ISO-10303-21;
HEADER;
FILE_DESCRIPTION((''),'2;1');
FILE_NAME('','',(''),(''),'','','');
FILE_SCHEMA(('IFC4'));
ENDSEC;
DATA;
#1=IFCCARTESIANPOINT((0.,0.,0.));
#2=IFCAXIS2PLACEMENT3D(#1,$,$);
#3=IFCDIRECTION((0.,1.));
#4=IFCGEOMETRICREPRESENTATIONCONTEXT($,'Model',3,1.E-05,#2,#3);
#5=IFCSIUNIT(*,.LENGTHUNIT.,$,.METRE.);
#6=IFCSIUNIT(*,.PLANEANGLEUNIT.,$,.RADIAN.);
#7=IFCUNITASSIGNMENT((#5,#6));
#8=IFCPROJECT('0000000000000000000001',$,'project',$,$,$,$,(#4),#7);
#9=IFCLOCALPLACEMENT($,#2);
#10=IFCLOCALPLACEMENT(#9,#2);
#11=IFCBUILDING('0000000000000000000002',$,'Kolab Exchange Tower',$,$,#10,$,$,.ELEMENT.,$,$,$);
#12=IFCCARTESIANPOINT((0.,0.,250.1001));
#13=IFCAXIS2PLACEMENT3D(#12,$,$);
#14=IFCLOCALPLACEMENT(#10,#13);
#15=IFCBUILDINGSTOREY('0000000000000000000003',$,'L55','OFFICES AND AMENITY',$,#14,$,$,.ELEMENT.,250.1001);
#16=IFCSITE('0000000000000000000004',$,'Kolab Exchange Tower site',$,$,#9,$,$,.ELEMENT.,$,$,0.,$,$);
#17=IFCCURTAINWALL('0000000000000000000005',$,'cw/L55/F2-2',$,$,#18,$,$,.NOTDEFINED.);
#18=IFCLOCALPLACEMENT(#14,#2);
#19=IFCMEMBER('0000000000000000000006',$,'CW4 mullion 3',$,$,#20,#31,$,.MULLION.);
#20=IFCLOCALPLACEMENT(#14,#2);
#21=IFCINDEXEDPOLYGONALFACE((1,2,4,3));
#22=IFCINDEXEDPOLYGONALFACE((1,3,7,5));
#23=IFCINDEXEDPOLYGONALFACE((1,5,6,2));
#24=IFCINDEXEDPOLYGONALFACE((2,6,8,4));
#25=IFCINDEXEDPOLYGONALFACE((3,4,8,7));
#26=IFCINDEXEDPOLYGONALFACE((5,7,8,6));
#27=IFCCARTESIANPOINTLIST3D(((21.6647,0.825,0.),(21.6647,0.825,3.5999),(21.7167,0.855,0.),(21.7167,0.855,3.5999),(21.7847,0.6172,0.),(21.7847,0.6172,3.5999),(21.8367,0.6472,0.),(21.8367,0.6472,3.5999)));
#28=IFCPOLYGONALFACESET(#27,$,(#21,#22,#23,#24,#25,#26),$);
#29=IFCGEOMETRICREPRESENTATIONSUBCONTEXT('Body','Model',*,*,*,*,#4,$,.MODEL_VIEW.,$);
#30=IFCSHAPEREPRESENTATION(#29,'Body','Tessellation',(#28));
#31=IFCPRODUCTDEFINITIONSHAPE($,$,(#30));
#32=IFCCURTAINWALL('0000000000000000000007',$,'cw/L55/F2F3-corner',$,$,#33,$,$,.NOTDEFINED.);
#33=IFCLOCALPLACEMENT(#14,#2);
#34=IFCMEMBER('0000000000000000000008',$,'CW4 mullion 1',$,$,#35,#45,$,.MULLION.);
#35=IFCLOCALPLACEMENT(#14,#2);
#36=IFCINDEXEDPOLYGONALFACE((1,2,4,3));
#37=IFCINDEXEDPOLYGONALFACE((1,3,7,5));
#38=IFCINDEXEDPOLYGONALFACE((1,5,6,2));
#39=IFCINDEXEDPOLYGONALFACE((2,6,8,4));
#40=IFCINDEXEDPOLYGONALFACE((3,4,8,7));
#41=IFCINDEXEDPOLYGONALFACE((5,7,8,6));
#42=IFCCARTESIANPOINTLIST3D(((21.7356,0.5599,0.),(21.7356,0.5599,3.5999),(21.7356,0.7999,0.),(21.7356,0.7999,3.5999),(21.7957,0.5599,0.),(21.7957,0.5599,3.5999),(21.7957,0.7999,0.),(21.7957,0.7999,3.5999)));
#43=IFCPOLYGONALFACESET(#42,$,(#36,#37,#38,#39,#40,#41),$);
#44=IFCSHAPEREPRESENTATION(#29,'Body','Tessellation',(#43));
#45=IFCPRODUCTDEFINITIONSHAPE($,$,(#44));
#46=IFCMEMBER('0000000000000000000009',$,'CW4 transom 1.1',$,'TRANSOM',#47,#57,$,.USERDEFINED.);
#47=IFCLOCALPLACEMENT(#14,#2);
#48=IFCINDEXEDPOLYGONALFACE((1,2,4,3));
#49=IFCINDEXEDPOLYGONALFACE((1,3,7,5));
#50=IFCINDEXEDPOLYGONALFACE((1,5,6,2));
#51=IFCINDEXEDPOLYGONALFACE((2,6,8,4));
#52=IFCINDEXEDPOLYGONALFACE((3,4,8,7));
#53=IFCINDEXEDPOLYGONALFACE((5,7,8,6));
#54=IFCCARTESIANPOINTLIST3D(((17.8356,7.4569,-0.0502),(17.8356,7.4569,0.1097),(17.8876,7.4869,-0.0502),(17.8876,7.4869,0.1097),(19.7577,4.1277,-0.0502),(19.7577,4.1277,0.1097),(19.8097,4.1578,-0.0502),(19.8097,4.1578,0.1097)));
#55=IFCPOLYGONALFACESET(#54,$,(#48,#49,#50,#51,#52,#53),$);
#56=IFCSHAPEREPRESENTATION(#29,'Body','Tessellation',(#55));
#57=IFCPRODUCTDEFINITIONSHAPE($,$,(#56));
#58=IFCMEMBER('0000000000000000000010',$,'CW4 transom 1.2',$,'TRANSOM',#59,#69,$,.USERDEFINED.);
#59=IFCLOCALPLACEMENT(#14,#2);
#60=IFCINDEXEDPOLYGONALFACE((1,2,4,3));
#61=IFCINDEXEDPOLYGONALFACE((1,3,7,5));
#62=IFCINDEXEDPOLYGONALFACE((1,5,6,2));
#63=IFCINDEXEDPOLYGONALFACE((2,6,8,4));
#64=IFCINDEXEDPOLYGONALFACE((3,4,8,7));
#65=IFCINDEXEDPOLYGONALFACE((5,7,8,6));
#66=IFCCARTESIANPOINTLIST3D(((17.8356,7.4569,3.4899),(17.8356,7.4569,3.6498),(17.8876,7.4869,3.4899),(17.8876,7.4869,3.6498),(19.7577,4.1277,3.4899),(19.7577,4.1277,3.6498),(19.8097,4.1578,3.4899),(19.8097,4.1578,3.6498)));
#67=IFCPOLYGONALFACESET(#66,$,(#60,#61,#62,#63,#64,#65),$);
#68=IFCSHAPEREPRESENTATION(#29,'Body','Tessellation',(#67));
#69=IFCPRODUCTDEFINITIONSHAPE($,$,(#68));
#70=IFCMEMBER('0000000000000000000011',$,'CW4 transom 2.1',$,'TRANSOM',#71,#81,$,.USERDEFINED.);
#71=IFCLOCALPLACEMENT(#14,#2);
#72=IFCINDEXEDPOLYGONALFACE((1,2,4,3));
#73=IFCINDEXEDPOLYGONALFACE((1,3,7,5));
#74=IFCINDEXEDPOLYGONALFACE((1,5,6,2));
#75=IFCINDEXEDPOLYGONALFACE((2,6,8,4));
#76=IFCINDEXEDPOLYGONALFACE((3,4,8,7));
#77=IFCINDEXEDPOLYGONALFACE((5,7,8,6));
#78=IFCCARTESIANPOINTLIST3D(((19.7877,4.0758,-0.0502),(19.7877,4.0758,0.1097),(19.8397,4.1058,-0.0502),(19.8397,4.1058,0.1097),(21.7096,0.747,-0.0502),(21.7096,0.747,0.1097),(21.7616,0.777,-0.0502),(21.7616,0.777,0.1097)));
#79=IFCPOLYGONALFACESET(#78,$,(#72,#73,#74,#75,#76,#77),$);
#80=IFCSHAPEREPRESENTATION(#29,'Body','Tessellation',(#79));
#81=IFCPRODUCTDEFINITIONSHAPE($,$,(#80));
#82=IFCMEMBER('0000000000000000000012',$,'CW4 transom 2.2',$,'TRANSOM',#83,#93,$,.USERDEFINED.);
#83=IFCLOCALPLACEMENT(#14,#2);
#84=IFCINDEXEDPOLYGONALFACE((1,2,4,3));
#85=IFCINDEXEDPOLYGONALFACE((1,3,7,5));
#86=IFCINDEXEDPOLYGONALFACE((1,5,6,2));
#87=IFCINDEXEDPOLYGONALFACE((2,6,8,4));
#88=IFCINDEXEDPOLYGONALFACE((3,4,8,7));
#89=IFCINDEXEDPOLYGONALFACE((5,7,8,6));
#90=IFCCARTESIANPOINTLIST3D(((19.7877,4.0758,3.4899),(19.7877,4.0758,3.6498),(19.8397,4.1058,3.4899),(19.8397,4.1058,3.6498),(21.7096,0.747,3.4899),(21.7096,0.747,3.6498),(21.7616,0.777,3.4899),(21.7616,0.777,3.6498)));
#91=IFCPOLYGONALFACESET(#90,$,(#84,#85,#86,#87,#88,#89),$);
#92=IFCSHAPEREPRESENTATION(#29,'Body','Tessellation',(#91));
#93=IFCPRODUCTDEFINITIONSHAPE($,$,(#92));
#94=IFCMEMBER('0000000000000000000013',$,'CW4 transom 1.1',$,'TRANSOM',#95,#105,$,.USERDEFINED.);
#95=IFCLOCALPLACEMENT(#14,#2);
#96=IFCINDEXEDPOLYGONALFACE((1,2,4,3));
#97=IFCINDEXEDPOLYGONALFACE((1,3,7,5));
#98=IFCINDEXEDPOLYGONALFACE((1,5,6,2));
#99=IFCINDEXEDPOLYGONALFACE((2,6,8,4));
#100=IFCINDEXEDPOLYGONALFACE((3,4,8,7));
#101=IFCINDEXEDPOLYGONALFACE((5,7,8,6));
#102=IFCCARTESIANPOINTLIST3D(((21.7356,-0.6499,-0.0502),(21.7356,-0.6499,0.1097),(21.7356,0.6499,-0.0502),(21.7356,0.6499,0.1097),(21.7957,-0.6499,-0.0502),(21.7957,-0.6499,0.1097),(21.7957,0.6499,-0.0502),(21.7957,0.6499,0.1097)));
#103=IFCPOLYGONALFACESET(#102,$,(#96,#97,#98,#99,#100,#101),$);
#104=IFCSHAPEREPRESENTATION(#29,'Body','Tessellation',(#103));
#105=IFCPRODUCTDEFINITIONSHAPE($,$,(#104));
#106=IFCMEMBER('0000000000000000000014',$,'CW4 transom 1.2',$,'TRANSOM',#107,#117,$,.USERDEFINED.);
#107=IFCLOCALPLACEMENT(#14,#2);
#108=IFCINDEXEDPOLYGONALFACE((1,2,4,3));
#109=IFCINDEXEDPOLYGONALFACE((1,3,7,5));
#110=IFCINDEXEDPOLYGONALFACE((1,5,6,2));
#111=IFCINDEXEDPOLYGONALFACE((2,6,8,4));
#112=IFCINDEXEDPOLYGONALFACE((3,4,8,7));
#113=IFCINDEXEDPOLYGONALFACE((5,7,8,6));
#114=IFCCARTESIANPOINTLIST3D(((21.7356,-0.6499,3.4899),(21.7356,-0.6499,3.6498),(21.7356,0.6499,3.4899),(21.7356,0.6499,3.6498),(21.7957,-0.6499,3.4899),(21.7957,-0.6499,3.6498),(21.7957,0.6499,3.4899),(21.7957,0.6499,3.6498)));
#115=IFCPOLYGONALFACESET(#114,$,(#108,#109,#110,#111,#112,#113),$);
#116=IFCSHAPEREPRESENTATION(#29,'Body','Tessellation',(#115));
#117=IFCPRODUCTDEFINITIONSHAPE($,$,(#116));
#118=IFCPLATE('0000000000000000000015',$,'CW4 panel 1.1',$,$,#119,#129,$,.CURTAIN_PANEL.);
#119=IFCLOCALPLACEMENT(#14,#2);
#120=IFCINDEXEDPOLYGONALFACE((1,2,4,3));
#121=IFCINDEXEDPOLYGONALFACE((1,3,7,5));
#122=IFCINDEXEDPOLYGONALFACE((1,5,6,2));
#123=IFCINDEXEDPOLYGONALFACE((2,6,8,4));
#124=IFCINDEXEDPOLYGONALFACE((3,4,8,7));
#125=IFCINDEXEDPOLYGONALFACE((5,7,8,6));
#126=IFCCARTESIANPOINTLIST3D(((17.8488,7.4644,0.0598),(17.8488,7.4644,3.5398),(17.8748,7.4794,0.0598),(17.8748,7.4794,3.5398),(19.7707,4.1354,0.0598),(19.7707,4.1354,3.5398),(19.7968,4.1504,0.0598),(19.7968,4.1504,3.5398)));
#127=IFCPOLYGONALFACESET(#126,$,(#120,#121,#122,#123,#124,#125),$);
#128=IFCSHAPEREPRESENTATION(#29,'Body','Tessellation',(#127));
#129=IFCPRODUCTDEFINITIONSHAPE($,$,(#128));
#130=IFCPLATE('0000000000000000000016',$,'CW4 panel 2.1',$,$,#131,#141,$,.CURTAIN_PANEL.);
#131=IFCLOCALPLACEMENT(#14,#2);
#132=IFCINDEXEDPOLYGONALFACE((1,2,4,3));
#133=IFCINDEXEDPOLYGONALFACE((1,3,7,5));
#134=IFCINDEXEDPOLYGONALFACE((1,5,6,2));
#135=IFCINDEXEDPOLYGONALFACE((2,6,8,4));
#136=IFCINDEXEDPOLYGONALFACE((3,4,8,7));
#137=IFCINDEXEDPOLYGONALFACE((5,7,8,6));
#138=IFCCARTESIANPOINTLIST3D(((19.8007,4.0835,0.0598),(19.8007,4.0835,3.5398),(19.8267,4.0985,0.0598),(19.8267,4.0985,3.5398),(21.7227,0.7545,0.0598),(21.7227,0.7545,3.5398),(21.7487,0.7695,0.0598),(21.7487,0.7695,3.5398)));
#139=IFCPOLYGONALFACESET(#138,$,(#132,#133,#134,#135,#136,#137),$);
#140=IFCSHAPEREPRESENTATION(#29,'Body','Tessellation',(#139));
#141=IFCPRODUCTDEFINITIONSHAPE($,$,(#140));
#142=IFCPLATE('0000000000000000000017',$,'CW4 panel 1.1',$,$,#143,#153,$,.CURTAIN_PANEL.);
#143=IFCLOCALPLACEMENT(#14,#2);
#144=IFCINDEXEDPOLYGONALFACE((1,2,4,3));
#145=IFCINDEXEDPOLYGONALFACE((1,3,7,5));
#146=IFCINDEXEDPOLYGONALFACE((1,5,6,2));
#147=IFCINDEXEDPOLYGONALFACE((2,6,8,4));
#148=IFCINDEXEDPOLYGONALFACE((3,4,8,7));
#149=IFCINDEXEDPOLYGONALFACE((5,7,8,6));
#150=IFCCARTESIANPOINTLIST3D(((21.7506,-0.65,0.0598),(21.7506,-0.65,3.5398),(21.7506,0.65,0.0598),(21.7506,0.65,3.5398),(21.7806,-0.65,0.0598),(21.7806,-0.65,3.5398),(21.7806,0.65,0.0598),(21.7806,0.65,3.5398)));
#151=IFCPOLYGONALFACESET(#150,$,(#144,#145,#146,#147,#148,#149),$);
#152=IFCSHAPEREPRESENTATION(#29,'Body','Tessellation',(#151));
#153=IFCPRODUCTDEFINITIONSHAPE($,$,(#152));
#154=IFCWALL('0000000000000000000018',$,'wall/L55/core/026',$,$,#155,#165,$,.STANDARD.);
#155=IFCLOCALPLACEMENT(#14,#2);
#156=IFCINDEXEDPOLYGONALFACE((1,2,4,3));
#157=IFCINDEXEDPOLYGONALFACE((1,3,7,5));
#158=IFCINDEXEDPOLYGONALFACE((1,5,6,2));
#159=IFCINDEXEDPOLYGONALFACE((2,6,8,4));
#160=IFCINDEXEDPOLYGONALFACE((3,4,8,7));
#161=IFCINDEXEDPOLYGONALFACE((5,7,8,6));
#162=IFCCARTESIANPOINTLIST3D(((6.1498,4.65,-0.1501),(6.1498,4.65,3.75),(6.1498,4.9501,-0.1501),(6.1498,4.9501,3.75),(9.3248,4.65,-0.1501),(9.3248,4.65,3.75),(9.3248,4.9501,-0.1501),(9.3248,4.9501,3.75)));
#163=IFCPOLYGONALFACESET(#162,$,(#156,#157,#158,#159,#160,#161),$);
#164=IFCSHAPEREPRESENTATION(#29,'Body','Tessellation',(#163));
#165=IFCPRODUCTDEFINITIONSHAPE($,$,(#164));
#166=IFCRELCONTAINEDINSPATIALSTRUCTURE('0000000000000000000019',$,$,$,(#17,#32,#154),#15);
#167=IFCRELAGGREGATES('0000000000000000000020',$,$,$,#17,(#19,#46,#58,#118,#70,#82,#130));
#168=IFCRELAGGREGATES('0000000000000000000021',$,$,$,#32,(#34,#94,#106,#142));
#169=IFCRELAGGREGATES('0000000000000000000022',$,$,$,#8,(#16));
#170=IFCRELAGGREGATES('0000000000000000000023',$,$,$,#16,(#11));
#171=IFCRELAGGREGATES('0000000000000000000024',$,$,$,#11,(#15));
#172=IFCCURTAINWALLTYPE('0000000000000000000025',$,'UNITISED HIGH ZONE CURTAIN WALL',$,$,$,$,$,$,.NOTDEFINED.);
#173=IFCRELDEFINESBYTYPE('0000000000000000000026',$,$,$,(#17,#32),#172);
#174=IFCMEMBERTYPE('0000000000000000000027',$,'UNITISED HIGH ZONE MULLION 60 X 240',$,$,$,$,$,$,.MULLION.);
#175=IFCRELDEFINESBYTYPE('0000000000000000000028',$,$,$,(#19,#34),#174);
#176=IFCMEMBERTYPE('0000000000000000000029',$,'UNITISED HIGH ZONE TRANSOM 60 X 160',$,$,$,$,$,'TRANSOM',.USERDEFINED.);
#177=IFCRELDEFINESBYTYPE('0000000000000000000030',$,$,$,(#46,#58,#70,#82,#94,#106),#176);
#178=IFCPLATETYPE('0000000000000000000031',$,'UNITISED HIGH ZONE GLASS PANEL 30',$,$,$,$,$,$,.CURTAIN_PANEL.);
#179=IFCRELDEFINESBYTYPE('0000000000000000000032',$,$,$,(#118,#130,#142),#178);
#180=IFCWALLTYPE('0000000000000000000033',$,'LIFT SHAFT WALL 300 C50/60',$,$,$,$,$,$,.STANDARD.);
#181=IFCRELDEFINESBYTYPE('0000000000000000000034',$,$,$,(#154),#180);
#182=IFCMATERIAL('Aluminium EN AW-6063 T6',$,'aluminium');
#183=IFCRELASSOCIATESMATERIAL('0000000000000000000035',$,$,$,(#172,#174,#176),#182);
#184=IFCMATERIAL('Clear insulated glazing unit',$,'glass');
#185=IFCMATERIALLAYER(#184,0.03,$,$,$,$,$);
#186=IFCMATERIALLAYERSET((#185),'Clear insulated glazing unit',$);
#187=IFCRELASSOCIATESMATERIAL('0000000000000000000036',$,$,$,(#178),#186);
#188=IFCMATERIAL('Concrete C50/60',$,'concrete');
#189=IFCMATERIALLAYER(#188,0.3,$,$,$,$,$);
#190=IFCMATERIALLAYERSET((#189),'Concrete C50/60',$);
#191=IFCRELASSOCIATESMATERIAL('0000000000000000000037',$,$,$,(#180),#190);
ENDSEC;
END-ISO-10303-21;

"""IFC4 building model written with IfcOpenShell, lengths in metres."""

from ifc_helpers import new_model, si_unit, direction, frame, frame_2d, origin, origin_2d, place, context, subcontext, project, spatial, rectangle, extrude, material, layer, layer_set, material_profile, profile_set, type_object, element, aggregate, save


model = new_model("IFC4")

# Units and contexts
model_context = context("Model", 3, precision=1e-05, world=origin(), true_north=direction((0.0, 1.0)))
body_context = subcontext(model_context, "Body", "Model", "MODEL_VIEW")
ifc_project = project(units=[si_unit("LENGTHUNIT", "METRE"), si_unit("PLANEANGLEUNIT", "RADIAN")], contexts=[model_context])

# Site, building, storey
site_placement = place(None, origin())
site = spatial("IfcSite", under=ifc_project, at=site_placement, Name="Kolab Exchange Tower site", CompositionType="ELEMENT", RefElevation=0.0)
building_placement = place(site_placement, origin())
building = spatial("IfcBuilding", under=site, at=building_placement, Name="Kolab Exchange Tower", CompositionType="ELEMENT")
storey_placement = place(building_placement, frame((0.0, 0.0, 250.1001)))
storey = spatial("IfcBuildingStorey", under=building, at=storey_placement, Name="L55", Description="OFFICES AND AMENITY", CompositionType="ELEMENT", Elevation=250.1001)

# Shared definitions
ifc_material_1 = material(Name="Concrete C50/60", Category="concrete")

# Curtain wall, member
ifc_material_2 = material(Name="Aluminium EN AW-6063 T6", Category="aluminium")
curtain_wall_type = type_object("IfcCurtainWallType", Name="UNITISED HIGH ZONE CURTAIN WALL", PredefinedType="NOTDEFINED", material=ifc_material_2)
curtain_wall_1_placement = place(storey_placement, origin())
curtain_wall_1 = element("IfcCurtainWall", 1, at=curtain_wall_1_placement, inside=storey, type_object=curtain_wall_type, Name="cw/L55/F2-2", PredefinedType="NOTDEFINED")
ifc_material_profile_1 = material_profile(ifc_material_2, rectangle(XDim=0.0601, YDim=0.24, at=origin_2d()), Name="RECT 60X240")
ifc_profile_set_1 = profile_set([ifc_material_profile_1], Name="Aluminium EN AW-6063 T6")
member_type_1 = type_object("IfcMemberType", Name="UNITISED HIGH ZONE MULLION 60 X 240", PredefinedType="MULLION", material=ifc_profile_set_1)
member_1_placement = place(storey_placement, frame((21.7507, 0.7361, 0.0), z_axis=(0.0, 0.0, 1.0), x_axis=(0.866025, 0.5, 0.0)))
member_1 = element("IfcMember", 2, at=member_1_placement, type_object=member_type_1, Name="CW4 mullion 3", PredefinedType="MULLION", context=body_context, shape_type="SweptSolid", body=[
    extrude(rectangle(XDim=0.0601, YDim=0.24, at=origin_2d()), origin(), (0.0, 0.0, 1.0), 3.5999),
])

# Curtain wall, member
curtain_wall_2_placement = place(storey_placement, origin())
curtain_wall_2 = element("IfcCurtainWall", 3, at=curtain_wall_2_placement, inside=storey, type_object=curtain_wall_type, Name="cw/L55/F2F3-corner", PredefinedType="NOTDEFINED")
member_2_placement = place(storey_placement, frame((21.7656, 0.6799, 0.0), z_axis=(0.0, 0.0, 1.0), x_axis=(1.0, 0.0, 0.0)))
member_2 = element("IfcMember", 4, at=member_2_placement, type_object=member_type_1, Name="CW4 mullion 1", PredefinedType="MULLION", context=body_context, shape_type="SweptSolid", body=[
    extrude(rectangle(XDim=0.0601, YDim=0.24, at=origin_2d()), origin(), (0.0, 0.0, 1.0), 3.5999),
])

# Members
ifc_material_profile_2 = material_profile(ifc_material_2, rectangle(XDim=0.0601, YDim=0.1599, at=origin_2d()), Name="RECT 60X160")
ifc_profile_set_2 = profile_set([ifc_material_profile_2], Name="Aluminium EN AW-6063 T6")
member_type_2 = type_object("IfcMemberType", Name="UNITISED HIGH ZONE TRANSOM 60 X 160", ElementType="TRANSOM", PredefinedType="USERDEFINED", material=ifc_profile_set_2)
member_3_placement = place(storey_placement, frame((17.8616, 7.4719, 0.0298), z_axis=(0.500012, -0.866018, 0.0), x_axis=(0.866018, 0.500012, 0.0)))
member_3 = element("IfcMember", 5, at=member_3_placement, type_object=member_type_2, Name="CW4 transom 1.1", ObjectType="TRANSOM", PredefinedType="USERDEFINED", context=body_context, shape_type="SweptSolid", body=[
    extrude(rectangle(XDim=0.0601, YDim=0.1599, at=origin_2d()), origin(), (0.0, 0.0, 1.0), 3.8442),
])
member_4_placement = place(storey_placement, frame((17.8616, 7.4719, 3.5698), z_axis=(0.500012, -0.866018, 0.0), x_axis=(0.866018, 0.500012, 0.0)))
member_4 = element("IfcMember", 6, at=member_4_placement, type_object=member_type_2, Name="CW4 transom 1.2", ObjectType="TRANSOM", PredefinedType="USERDEFINED", context=body_context, shape_type="SweptSolid", body=[
    extrude(rectangle(XDim=0.0601, YDim=0.1599, at=origin_2d()), origin(), (0.0, 0.0, 1.0), 3.8442),
])
member_5_placement = place(storey_placement, frame((19.8137, 4.0908, 0.0298), z_axis=(0.499992, -0.86603, 0.0), x_axis=(0.86603, 0.499992, 0.0)))
member_5 = element("IfcMember", 7, at=member_5_placement, type_object=member_type_2, Name="CW4 transom 2.1", ObjectType="TRANSOM", PredefinedType="USERDEFINED", context=body_context, shape_type="SweptSolid", body=[
    extrude(rectangle(XDim=0.0601, YDim=0.1599, at=origin_2d()), origin(), (0.0, 0.0, 1.0), 3.8438),
])
member_6_placement = place(storey_placement, frame((19.8137, 4.0908, 3.5698), z_axis=(0.499992, -0.86603, 0.0), x_axis=(0.86603, 0.499992, 0.0)))
member_6 = element("IfcMember", 8, at=member_6_placement, type_object=member_type_2, Name="CW4 transom 2.2", ObjectType="TRANSOM", PredefinedType="USERDEFINED", context=body_context, shape_type="SweptSolid", body=[
    extrude(rectangle(XDim=0.0601, YDim=0.1599, at=origin_2d()), origin(), (0.0, 0.0, 1.0), 3.8438),
])
member_7_placement = place(storey_placement, frame((21.7656, 0.6499, 0.0298), z_axis=(0.0, -1.0, 0.0), x_axis=(1.0, 0.0, 0.0)))
member_7 = element("IfcMember", 9, at=member_7_placement, type_object=member_type_2, Name="CW4 transom 1.1", ObjectType="TRANSOM", PredefinedType="USERDEFINED", context=body_context, shape_type="SweptSolid", body=[
    extrude(rectangle(XDim=0.0601, YDim=0.1599, at=origin_2d()), origin(), (0.0, 0.0, 1.0), 1.2998),
])
member_8_placement = place(storey_placement, frame((21.7656, 0.6499, 3.5698), z_axis=(0.0, -1.0, 0.0), x_axis=(1.0, 0.0, 0.0)))
member_8 = element("IfcMember", 10, at=member_8_placement, type_object=member_type_2, Name="CW4 transom 1.2", ObjectType="TRANSOM", PredefinedType="USERDEFINED", context=body_context, shape_type="SweptSolid", body=[
    extrude(rectangle(XDim=0.0601, YDim=0.1599, at=origin_2d()), origin(), (0.0, 0.0, 1.0), 1.2998),
])

# Plates
ifc_material_3 = material(Name="Clear insulated glazing unit", Category="glass")
ifc_layer_1 = layer(ifc_material_3, 0.03)
ifc_layer_set_1 = layer_set([ifc_layer_1], Name="Clear insulated glazing unit")
plate_type = type_object("IfcPlateType", Name="UNITISED HIGH ZONE GLASS PANEL 30", PredefinedType="CURTAIN_PANEL", material=ifc_layer_set_1)
plate_1_placement = place(storey_placement, frame((18.8228, 5.8074, 0.0598), z_axis=(0.0, 0.0, 1.0), x_axis=(0.5, -0.866025, 0.0)))
plate_1 = element("IfcPlate", 11, at=plate_1_placement, type_object=plate_type, Name="CW4 panel 1.1", PredefinedType="CURTAIN_PANEL", context=body_context, shape_type="SweptSolid", body=[
    extrude(rectangle(XDim=3.844, YDim=0.03, at=origin_2d()), origin(), (0.0, 0.0, 1.0), 3.48),
])
plate_2_placement = place(storey_placement, frame((20.7747, 2.4265, 0.0598), z_axis=(0.0, 0.0, 1.0), x_axis=(0.5, -0.866025, 0.0)))
plate_2 = element("IfcPlate", 12, at=plate_2_placement, type_object=plate_type, Name="CW4 panel 2.1", PredefinedType="CURTAIN_PANEL", context=body_context, shape_type="SweptSolid", body=[
    extrude(rectangle(XDim=3.844, YDim=0.03, at=origin_2d()), origin(), (0.0, 0.0, 1.0), 3.48),
])
aggregate(curtain_wall_1, [member_1, member_3, member_4, plate_1, member_5, member_6, plate_2])
plate_3_placement = place(storey_placement, frame((21.7656, 0.0, 0.0598), z_axis=(0.0, 0.0, 1.0), x_axis=(0.0, -1.0, 0.0)))
plate_3 = element("IfcPlate", 13, at=plate_3_placement, type_object=plate_type, Name="CW4 panel 1.1", PredefinedType="CURTAIN_PANEL", context=body_context, shape_type="SweptSolid", body=[
    extrude(rectangle(XDim=1.3, YDim=0.03, at=origin_2d()), origin(), (0.0, 0.0, 1.0), 3.48),
])
aggregate(curtain_wall_2, [member_2, member_7, member_8, plate_3])

# Wall
ifc_layer_2 = layer(ifc_material_1, 0.3)
ifc_layer_set_2 = layer_set([ifc_layer_2], Name="Concrete C50/60")
wall_type = type_object("IfcWallType", Name="LIFT SHAFT WALL 300 C50/60", PredefinedType="STANDARD", material=ifc_layer_set_2)
wall_placement = place(storey_placement, frame((6.1499, 4.8, -0.1501), z_axis=(0.0, 0.0, 1.0), x_axis=(1.0, 0.0, 0.0)))
element("IfcWall", 14, at=wall_placement, inside=storey, type_object=wall_type, Name="wall/L55/core/026", PredefinedType="STANDARD", context=body_context, shape_type="SweptSolid", body=[
    extrude(rectangle(XDim=3.175, YDim=0.3, at=frame_2d((1.5874, 0.0))), origin(), (0.0, 0.0, 1.0), 3.9001),
])

save(model, "model.ifc")
